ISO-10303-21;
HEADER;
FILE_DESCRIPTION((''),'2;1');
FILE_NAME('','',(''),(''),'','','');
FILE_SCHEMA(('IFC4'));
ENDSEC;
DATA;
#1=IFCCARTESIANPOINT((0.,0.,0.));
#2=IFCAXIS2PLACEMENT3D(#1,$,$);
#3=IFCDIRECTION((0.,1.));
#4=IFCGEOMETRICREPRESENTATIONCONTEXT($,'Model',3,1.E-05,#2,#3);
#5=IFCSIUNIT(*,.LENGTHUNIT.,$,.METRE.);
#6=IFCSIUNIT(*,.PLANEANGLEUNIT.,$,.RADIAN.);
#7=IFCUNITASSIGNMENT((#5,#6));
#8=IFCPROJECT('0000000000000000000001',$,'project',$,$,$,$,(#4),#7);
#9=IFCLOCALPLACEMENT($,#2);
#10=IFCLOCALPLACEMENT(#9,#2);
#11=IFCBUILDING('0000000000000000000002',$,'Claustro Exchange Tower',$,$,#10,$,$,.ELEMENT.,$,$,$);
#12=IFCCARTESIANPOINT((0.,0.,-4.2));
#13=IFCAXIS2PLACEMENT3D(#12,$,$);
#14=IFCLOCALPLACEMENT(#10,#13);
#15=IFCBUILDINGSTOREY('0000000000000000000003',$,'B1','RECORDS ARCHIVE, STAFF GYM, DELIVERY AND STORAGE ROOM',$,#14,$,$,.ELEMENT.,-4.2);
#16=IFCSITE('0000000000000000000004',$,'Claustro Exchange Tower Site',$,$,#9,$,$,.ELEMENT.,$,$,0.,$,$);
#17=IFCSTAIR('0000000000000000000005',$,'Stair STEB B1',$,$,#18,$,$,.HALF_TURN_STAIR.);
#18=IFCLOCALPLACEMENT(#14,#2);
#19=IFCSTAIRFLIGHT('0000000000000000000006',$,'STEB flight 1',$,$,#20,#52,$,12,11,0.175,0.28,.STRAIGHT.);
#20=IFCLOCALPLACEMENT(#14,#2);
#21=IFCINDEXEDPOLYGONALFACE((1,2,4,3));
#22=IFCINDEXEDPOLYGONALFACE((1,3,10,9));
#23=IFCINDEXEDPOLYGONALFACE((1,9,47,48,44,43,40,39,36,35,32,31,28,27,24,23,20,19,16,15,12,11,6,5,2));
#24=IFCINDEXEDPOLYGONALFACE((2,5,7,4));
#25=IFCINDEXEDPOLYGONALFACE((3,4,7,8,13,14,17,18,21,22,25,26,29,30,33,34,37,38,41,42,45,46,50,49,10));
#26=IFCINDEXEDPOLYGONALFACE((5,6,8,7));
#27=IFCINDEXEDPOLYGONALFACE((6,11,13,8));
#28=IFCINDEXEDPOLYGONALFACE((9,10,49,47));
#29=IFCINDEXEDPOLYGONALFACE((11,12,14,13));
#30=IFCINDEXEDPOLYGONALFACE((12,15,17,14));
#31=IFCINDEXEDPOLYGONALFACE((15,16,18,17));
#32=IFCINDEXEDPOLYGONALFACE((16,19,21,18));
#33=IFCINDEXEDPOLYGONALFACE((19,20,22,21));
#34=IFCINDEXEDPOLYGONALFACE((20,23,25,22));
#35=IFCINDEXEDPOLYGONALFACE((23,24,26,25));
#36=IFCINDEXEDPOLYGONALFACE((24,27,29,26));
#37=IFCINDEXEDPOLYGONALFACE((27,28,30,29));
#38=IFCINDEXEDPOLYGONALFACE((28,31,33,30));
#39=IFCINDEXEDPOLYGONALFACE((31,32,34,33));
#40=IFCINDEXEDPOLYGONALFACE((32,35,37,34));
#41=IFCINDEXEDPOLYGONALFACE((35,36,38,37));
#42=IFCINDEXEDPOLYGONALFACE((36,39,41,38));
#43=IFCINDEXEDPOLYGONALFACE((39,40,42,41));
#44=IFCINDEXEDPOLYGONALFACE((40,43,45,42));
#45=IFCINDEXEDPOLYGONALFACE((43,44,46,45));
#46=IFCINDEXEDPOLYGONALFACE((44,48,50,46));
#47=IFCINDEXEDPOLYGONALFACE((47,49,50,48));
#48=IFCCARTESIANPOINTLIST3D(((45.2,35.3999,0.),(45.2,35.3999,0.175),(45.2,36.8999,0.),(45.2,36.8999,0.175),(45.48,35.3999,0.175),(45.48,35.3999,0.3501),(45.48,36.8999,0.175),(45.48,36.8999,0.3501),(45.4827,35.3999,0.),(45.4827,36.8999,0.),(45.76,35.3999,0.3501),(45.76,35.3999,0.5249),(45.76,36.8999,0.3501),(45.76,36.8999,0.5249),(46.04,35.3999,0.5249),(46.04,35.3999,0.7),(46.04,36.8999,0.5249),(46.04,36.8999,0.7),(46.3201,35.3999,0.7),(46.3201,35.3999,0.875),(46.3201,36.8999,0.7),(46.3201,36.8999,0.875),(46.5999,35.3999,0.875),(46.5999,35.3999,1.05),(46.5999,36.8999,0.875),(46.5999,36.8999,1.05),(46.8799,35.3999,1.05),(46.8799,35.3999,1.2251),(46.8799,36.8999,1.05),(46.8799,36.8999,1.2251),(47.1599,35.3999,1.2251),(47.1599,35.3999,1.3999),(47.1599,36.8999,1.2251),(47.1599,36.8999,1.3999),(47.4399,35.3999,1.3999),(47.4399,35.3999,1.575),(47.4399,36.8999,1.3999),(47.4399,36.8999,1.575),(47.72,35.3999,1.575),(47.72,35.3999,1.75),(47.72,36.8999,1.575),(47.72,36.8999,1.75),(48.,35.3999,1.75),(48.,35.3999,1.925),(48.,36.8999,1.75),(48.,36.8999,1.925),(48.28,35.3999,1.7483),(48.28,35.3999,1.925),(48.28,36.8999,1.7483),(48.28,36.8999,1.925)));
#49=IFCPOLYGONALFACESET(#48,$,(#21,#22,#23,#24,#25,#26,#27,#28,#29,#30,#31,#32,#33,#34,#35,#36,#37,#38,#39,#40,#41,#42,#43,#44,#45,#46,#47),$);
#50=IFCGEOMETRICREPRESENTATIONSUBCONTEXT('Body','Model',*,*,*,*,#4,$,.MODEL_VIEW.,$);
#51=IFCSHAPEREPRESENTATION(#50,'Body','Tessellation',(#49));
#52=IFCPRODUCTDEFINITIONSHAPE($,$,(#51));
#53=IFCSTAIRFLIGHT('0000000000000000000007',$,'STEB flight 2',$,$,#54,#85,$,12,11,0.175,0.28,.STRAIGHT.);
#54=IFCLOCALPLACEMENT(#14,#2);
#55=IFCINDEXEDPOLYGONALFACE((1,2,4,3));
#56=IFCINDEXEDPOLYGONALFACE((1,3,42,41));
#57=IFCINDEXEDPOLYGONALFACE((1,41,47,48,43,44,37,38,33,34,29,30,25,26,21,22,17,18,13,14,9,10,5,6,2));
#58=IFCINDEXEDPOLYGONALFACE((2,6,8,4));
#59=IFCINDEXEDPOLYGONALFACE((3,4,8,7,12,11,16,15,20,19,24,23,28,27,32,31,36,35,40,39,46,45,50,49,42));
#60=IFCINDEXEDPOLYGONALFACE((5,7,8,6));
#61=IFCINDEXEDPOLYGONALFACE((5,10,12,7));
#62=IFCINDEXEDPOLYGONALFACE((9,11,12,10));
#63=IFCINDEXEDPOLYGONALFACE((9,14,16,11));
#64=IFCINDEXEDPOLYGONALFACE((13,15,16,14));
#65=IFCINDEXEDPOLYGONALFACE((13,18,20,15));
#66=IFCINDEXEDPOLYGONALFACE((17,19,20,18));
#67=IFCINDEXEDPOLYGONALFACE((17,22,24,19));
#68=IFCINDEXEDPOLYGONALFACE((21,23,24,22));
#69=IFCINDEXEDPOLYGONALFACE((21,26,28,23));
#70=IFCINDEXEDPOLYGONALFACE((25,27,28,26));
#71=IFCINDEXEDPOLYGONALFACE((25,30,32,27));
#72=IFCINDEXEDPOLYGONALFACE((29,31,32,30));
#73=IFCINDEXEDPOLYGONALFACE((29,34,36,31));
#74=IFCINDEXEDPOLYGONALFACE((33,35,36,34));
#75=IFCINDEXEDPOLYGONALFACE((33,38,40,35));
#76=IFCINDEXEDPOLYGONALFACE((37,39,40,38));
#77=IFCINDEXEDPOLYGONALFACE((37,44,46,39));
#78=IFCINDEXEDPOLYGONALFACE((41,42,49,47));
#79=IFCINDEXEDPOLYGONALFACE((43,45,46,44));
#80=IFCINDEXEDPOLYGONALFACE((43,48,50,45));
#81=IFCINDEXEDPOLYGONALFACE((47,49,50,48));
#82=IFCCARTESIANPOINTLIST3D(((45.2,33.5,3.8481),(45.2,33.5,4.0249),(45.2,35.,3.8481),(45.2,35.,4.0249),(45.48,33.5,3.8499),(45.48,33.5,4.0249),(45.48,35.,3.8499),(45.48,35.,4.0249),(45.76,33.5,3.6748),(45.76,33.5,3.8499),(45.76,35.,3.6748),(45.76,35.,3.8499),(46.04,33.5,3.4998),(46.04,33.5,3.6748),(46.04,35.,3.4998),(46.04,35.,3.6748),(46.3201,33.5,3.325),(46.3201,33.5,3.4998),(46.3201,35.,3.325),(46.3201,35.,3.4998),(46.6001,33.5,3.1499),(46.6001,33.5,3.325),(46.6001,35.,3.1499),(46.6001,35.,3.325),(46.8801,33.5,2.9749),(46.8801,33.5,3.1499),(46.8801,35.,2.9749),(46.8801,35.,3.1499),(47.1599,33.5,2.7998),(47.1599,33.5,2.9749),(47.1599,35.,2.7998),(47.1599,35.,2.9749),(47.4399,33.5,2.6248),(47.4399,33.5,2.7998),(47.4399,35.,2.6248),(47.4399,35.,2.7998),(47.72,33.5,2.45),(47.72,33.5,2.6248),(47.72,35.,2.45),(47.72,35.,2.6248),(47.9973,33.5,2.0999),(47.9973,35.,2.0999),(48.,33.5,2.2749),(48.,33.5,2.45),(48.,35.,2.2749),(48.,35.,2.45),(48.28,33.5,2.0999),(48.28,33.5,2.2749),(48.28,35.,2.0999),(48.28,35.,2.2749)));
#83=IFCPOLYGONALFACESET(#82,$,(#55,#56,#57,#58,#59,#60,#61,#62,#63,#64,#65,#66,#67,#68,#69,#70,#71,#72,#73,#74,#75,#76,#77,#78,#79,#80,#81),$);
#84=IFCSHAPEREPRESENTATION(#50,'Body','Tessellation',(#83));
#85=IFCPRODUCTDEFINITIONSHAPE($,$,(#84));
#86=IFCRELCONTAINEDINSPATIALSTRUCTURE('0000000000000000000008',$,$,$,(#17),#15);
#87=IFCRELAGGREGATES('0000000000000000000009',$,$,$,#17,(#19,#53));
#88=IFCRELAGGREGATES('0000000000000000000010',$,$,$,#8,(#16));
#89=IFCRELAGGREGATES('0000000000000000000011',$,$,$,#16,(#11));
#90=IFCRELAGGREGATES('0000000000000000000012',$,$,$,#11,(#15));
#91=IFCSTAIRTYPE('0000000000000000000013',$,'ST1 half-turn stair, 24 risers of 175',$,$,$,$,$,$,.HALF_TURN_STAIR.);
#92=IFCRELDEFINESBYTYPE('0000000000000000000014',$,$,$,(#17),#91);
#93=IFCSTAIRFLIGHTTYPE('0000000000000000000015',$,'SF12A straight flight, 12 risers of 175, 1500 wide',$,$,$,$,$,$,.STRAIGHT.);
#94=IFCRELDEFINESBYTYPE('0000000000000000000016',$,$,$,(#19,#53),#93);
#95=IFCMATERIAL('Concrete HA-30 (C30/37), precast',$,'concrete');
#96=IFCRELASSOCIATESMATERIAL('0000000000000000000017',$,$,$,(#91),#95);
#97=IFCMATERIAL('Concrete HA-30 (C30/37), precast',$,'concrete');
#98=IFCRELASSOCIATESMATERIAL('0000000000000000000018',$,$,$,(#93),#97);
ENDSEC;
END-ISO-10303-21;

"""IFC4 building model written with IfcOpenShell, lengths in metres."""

from ifc_helpers import new_model, si_unit, direction, frame, origin, place, context, subcontext, project, spatial, polyline, outline, extrude, material, type_object, element, aggregate, save


model = new_model("IFC4")

# Units and contexts
model_context = context("Model", 3, precision=1e-05, world=origin(), true_north=direction((0.0, 1.0)))
body_context = subcontext(model_context, "Body", "Model", "MODEL_VIEW")
ifc_project = project(units=[si_unit("LENGTHUNIT", "METRE"), si_unit("PLANEANGLEUNIT", "RADIAN")], contexts=[model_context])

# Site, building, storey
site_placement = place(None, origin())
site = spatial("IfcSite", under=ifc_project, at=site_placement, Name="Claustro Exchange Tower Site", CompositionType="ELEMENT", RefElevation=0.0)
building_placement = place(site_placement, origin())
building = spatial("IfcBuilding", under=site, at=building_placement, Name="Claustro Exchange Tower", CompositionType="ELEMENT")
storey_placement = place(building_placement, frame((0.0, 0.0, -4.2)))
storey = spatial("IfcBuildingStorey", under=building, at=storey_placement, Name="B1", Description="RECORDS ARCHIVE, STAFF GYM, DELIVERY AND STORAGE ROOM", CompositionType="ELEMENT", Elevation=-4.2)

# Stair, stair flights
ifc_material_1 = material(Name="Concrete HA-30 (C30/37), precast", Category="concrete")
stair_type = type_object("IfcStairType", Name="ST1 half-turn stair, 24 risers of 175", PredefinedType="HALF_TURN_STAIR", material=ifc_material_1)
stair_placement = place(storey_placement, origin())
stair = element("IfcStair", 1, at=stair_placement, inside=storey, type_object=stair_type, Name="Stair STEB B1", PredefinedType="HALF_TURN_STAIR")
ifc_material_2 = material(Name="Concrete HA-30 (C30/37), precast", Category="concrete")
stair_flight_type = type_object("IfcStairFlightType", Name="SF12A straight flight, 12 risers of 175, 1500 wide", PredefinedType="STRAIGHT", material=ifc_material_2)
stair_flight_1_placement = place(storey_placement, frame((45.2, 36.1499, 0.0), z_axis=(0.0, 0.0, 1.0), x_axis=(1.0, 0.0, 0.0)))
stair_flight_1 = element("IfcStairFlight", 2, at=stair_flight_1_placement, type_object=stair_flight_type, Name="STEB flight 1", NumberOfRisers=12, NumberOfTreads=11, PredefinedType="STRAIGHT", RiserHeight=0.175, TreadLength=0.28, context=body_context, shape_type="SweptSolid", body=[
    extrude(outline(polyline([(0.0, 0.0), (0.0, 0.175), (0.28, 0.175), (0.28, 0.3501), (0.5601, 0.3501), (0.5601, 0.5249), (0.8401, 0.5249), (0.8401, 0.7), (1.1201, 0.7), (1.1201, 0.875), (1.3999, 0.875), (1.3999, 1.05), (1.6799, 1.05), (1.6799, 1.2251), (1.96, 1.2251), (1.96, 1.3999), (2.24, 1.3999), (2.24, 1.575), (2.52, 1.575), (2.52, 1.75), (2.8, 1.75), (2.8, 1.925), (3.0801, 1.925), (3.0801, 2.1001), (3.0801, 1.7483), (0.2827, 0.0), (0.0, 0.0)])), frame((0.0, 0.75, 0.0), z_axis=(0.0, -1.0, 0.0), x_axis=(1.0, 0.0, 0.0)), (0.0, 0.0, 1.0), 1.5),
])
stair_flight_2_placement = place(storey_placement, frame((48.28, 34.25, 2.0999), z_axis=(0.0, 0.0, 1.0), x_axis=(-1.0, 0.0, 0.0)))
stair_flight_2 = element("IfcStairFlight", 3, at=stair_flight_2_placement, type_object=stair_flight_type, Name="STEB flight 2", NumberOfRisers=12, NumberOfTreads=11, PredefinedType="STRAIGHT", RiserHeight=0.175, TreadLength=0.28, context=body_context, shape_type="SweptSolid", body=[
    extrude(outline(polyline([(0.0, 0.0), (0.0, 0.175), (0.28, 0.175), (0.28, 0.3501), (0.5601, 0.3501), (0.5601, 0.5249), (0.8401, 0.5249), (0.8401, 0.7), (1.1201, 0.7), (1.1201, 0.875), (1.3999, 0.875), (1.3999, 1.05), (1.6799, 1.05), (1.6799, 1.2251), (1.96, 1.2251), (1.96, 1.3999), (2.24, 1.3999), (2.24, 1.575), (2.52, 1.575), (2.52, 1.75), (2.8, 1.75), (2.8, 1.925), (3.0801, 1.925), (3.0801, 2.1001), (3.0801, 1.7483), (0.2827, 0.0), (0.0, 0.0)])), frame((0.0, 0.75, 0.0), z_axis=(0.0, -1.0, 0.0), x_axis=(1.0, 0.0, 0.0)), (0.0, 0.0, 1.0), 1.5),
])
aggregate(stair, [stair_flight_1, stair_flight_2])

save(model, "model.ifc")
